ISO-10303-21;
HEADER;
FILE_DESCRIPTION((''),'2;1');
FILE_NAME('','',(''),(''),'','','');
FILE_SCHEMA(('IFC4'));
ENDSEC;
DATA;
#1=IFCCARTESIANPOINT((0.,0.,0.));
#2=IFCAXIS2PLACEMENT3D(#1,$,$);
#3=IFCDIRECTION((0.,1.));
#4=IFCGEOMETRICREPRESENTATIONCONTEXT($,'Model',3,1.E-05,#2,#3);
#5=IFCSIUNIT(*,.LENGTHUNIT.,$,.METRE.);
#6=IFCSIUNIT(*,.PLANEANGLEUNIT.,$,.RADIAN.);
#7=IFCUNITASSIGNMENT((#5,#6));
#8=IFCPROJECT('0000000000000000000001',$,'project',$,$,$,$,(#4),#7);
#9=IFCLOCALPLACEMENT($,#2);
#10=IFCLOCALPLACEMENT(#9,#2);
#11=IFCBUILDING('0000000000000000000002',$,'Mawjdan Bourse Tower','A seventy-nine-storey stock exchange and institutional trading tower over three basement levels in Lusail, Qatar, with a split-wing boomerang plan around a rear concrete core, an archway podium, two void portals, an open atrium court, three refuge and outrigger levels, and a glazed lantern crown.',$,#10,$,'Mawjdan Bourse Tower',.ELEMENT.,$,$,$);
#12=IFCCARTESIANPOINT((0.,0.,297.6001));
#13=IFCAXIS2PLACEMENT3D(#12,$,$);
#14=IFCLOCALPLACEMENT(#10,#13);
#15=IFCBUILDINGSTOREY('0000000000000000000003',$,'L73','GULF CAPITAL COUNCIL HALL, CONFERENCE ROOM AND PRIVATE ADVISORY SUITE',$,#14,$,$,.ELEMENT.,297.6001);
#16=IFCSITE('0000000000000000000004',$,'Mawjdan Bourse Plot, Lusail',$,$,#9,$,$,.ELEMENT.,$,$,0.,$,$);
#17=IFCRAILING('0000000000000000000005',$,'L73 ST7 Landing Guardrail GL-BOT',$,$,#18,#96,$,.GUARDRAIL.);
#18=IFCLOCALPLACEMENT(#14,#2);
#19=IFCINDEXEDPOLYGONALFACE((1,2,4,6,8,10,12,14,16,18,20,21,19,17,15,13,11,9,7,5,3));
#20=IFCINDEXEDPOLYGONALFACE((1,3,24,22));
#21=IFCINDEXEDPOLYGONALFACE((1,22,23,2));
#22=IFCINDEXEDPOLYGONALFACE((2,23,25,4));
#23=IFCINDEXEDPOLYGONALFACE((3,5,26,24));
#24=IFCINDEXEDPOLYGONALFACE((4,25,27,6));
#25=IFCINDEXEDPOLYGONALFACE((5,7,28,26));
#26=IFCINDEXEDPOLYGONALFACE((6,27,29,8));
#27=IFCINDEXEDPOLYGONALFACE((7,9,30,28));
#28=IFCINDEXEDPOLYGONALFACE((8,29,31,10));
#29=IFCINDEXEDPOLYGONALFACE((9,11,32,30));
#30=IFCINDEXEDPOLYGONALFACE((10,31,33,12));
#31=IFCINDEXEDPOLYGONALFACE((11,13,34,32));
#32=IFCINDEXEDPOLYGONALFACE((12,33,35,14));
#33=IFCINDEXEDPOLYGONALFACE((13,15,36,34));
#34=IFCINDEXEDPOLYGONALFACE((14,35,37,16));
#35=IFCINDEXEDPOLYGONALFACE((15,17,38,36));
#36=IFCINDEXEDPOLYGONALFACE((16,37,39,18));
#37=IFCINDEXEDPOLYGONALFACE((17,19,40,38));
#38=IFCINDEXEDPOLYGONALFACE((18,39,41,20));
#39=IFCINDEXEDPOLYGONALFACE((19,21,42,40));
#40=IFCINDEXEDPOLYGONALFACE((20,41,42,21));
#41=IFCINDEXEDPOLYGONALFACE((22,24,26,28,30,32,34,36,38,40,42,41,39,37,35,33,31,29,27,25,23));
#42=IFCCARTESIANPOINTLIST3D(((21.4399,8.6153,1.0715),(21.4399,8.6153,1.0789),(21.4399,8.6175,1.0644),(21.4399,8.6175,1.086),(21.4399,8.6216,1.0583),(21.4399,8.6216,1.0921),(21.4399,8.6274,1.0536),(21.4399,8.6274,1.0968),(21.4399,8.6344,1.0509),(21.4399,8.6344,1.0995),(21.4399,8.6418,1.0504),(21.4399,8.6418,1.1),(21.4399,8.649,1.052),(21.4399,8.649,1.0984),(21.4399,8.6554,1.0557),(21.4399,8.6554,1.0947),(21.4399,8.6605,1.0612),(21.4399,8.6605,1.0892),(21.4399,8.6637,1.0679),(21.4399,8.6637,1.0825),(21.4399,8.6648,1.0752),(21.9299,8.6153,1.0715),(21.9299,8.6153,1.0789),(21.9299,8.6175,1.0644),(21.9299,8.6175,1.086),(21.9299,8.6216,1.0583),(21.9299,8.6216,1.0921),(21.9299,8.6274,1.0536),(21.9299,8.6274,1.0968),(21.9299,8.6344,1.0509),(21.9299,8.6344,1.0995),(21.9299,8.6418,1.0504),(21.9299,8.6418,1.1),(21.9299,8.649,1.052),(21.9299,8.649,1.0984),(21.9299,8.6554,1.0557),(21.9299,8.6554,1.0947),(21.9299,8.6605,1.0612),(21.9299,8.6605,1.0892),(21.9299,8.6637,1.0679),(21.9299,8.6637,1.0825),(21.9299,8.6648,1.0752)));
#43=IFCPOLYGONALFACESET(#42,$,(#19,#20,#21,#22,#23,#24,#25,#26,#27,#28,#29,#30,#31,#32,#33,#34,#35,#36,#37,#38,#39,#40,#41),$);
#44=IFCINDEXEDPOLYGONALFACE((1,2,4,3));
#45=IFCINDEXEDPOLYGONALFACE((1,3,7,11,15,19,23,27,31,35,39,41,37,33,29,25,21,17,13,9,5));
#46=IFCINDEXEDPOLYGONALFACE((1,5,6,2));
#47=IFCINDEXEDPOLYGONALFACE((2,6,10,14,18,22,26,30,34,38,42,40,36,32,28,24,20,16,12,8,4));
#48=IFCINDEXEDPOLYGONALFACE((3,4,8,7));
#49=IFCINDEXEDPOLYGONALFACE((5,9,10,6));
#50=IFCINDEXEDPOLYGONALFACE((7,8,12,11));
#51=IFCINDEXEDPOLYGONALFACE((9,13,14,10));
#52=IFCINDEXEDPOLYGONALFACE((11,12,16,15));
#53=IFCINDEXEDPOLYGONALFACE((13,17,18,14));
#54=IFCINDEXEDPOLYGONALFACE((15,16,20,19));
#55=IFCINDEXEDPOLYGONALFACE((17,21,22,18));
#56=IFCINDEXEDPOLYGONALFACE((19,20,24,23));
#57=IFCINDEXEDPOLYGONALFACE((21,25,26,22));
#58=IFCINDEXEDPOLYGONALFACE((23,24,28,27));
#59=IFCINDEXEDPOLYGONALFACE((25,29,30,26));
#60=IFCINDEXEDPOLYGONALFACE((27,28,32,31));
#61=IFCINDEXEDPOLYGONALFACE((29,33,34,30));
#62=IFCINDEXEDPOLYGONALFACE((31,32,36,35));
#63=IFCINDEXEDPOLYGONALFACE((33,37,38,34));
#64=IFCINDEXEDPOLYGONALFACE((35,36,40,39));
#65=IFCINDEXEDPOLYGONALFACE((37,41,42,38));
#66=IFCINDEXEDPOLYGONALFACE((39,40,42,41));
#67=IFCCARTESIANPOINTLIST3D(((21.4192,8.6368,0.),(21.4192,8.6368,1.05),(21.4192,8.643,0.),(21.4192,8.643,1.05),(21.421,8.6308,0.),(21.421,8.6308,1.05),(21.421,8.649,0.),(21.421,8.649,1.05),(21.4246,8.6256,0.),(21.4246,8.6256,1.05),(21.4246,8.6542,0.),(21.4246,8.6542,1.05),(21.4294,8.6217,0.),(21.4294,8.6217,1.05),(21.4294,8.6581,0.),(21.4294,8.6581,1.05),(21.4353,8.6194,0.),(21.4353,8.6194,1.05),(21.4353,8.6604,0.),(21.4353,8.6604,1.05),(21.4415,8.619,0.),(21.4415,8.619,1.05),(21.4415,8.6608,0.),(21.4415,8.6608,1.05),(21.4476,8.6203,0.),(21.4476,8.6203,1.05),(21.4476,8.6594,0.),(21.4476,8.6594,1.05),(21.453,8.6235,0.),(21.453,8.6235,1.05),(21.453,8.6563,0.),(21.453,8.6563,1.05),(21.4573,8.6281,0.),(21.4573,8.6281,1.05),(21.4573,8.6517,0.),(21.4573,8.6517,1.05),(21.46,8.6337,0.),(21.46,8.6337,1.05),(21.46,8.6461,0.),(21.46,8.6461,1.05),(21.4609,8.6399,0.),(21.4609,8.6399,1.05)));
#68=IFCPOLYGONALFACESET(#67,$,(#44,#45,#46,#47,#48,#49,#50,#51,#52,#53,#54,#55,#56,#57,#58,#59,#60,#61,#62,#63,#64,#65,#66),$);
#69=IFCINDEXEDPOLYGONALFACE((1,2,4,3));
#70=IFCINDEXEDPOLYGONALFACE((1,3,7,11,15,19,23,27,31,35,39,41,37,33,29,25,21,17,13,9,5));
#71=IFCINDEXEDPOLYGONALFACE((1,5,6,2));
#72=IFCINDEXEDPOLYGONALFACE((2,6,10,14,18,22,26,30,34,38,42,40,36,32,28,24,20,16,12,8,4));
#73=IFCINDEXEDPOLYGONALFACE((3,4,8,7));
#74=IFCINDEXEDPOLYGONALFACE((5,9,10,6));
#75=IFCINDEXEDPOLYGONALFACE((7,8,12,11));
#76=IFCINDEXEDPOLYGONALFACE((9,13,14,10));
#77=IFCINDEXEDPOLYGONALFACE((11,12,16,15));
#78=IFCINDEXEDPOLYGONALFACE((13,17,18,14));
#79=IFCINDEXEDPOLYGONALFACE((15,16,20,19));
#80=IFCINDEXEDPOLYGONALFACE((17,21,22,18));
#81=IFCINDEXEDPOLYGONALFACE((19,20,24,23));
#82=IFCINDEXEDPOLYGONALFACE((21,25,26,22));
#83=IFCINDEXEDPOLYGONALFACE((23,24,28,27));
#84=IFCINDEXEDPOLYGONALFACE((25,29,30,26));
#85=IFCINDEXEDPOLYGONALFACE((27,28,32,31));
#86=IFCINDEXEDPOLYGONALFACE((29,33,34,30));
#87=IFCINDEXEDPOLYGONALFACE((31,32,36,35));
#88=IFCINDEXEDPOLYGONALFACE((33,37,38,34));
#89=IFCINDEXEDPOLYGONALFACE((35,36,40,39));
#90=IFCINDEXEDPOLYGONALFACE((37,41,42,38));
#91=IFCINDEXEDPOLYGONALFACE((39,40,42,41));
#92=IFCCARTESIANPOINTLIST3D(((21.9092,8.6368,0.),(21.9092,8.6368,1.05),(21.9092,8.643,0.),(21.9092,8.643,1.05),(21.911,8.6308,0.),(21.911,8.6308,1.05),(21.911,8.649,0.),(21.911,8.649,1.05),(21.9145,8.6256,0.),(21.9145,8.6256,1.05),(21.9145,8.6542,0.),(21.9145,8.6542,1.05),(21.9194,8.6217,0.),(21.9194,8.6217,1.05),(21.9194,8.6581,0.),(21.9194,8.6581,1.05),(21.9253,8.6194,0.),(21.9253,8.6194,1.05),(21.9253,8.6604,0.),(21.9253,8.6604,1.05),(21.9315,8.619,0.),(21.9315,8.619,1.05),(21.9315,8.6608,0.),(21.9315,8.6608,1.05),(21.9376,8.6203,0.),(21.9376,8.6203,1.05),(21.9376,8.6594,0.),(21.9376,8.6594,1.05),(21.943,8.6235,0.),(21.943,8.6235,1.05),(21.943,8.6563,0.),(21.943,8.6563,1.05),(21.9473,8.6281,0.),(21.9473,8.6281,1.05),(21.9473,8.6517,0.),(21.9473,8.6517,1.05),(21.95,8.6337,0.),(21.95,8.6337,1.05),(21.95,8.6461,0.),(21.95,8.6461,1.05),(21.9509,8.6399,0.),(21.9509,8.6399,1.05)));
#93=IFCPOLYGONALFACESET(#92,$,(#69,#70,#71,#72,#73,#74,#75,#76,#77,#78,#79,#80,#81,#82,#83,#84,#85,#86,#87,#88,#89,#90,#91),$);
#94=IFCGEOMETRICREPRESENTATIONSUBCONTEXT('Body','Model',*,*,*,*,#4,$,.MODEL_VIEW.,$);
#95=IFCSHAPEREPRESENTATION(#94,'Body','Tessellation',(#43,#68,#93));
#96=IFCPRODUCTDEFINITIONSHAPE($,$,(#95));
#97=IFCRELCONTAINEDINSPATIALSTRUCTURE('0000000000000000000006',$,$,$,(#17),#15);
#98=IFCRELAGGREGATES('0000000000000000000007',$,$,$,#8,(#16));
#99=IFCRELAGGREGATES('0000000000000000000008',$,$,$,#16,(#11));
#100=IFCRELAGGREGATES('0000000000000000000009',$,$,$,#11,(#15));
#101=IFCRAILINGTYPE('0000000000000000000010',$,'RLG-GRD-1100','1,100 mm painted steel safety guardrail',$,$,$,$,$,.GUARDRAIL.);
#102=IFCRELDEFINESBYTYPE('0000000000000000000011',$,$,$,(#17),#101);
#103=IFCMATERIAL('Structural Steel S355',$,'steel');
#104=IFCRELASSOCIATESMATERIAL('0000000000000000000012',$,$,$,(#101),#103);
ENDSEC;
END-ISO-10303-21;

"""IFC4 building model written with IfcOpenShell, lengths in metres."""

from ifc_helpers import new_model, si_unit, direction, frame, origin, origin_2d, place, context, subcontext, project, spatial, circle, extrude, material, type_object, element, save


model = new_model("IFC4")

# Units and contexts
model_context = context("Model", 3, precision=1e-05, world=origin(), true_north=direction((0.0, 1.0)))
body_context = subcontext(model_context, "Body", "Model", "MODEL_VIEW")
ifc_project = project(units=[si_unit("LENGTHUNIT", "METRE"), si_unit("PLANEANGLEUNIT", "RADIAN")], contexts=[model_context])

# Site, building, storey
site_placement = place(None, origin())
site = spatial("IfcSite", under=ifc_project, at=site_placement, Name="Mawjdan Bourse Plot, Lusail", CompositionType="ELEMENT", RefElevation=0.0)
building_placement = place(site_placement, origin())
building = spatial("IfcBuilding", under=site, at=building_placement, Name="Mawjdan Bourse Tower", Description="A seventy-nine-storey stock exchange and institutional trading tower over three basement levels in Lusail, Qatar, with a split-wing boomerang plan around a rear concrete core, an archway podium, two void portals, an open atrium court, three refuge and outrigger levels, and a glazed lantern crown.", LongName="Mawjdan Bourse Tower", CompositionType="ELEMENT")
storey_placement = place(building_placement, frame((0.0, 0.0, 297.6001)))
storey = spatial("IfcBuildingStorey", under=building, at=storey_placement, Name="L73", Description="GULF CAPITAL COUNCIL HALL, CONFERENCE ROOM AND PRIVATE ADVISORY SUITE", CompositionType="ELEMENT", Elevation=297.6001)

# Shared definitions
ifc_material_1 = material(Name="Structural Steel S355", Category="steel")

# Railing
railing_type_1 = type_object("IfcRailingType", Name="RLG-GRD-1100", Description="1,100 mm painted steel safety guardrail", PredefinedType="GUARDRAIL", material=ifc_material_1)
for number, where, name in (
    (1, (21.4399, 8.6399, 0.0), "L73 ST7 Landing Guardrail GL-BOT"),
):
    element("IfcRailing", number, at=place(storey_placement, frame(where)), inside=storey, type_object=railing_type_1, Name=name, PredefinedType="GUARDRAIL", context=body_context, shape_type="SweptSolid", body=[
        extrude(circle(Radius=0.0249, at=origin_2d()), frame((0.0, 0.0, 1.0752), z_axis=(1.0, 0.0, 0.0), x_axis=(0.0, 1.0, 0.0)), (0.0, 0.0, 1.0), 0.49),
        extrude(circle(Radius=0.021, at=origin_2d()), origin(), (0.0, 0.0, 1.0), 1.05),
        extrude(circle(Radius=0.021, at=origin_2d()), frame((0.49, 0.0, 0.0)), (0.0, 0.0, 1.0), 1.05),
    ])

save(model, "model.ifc")
